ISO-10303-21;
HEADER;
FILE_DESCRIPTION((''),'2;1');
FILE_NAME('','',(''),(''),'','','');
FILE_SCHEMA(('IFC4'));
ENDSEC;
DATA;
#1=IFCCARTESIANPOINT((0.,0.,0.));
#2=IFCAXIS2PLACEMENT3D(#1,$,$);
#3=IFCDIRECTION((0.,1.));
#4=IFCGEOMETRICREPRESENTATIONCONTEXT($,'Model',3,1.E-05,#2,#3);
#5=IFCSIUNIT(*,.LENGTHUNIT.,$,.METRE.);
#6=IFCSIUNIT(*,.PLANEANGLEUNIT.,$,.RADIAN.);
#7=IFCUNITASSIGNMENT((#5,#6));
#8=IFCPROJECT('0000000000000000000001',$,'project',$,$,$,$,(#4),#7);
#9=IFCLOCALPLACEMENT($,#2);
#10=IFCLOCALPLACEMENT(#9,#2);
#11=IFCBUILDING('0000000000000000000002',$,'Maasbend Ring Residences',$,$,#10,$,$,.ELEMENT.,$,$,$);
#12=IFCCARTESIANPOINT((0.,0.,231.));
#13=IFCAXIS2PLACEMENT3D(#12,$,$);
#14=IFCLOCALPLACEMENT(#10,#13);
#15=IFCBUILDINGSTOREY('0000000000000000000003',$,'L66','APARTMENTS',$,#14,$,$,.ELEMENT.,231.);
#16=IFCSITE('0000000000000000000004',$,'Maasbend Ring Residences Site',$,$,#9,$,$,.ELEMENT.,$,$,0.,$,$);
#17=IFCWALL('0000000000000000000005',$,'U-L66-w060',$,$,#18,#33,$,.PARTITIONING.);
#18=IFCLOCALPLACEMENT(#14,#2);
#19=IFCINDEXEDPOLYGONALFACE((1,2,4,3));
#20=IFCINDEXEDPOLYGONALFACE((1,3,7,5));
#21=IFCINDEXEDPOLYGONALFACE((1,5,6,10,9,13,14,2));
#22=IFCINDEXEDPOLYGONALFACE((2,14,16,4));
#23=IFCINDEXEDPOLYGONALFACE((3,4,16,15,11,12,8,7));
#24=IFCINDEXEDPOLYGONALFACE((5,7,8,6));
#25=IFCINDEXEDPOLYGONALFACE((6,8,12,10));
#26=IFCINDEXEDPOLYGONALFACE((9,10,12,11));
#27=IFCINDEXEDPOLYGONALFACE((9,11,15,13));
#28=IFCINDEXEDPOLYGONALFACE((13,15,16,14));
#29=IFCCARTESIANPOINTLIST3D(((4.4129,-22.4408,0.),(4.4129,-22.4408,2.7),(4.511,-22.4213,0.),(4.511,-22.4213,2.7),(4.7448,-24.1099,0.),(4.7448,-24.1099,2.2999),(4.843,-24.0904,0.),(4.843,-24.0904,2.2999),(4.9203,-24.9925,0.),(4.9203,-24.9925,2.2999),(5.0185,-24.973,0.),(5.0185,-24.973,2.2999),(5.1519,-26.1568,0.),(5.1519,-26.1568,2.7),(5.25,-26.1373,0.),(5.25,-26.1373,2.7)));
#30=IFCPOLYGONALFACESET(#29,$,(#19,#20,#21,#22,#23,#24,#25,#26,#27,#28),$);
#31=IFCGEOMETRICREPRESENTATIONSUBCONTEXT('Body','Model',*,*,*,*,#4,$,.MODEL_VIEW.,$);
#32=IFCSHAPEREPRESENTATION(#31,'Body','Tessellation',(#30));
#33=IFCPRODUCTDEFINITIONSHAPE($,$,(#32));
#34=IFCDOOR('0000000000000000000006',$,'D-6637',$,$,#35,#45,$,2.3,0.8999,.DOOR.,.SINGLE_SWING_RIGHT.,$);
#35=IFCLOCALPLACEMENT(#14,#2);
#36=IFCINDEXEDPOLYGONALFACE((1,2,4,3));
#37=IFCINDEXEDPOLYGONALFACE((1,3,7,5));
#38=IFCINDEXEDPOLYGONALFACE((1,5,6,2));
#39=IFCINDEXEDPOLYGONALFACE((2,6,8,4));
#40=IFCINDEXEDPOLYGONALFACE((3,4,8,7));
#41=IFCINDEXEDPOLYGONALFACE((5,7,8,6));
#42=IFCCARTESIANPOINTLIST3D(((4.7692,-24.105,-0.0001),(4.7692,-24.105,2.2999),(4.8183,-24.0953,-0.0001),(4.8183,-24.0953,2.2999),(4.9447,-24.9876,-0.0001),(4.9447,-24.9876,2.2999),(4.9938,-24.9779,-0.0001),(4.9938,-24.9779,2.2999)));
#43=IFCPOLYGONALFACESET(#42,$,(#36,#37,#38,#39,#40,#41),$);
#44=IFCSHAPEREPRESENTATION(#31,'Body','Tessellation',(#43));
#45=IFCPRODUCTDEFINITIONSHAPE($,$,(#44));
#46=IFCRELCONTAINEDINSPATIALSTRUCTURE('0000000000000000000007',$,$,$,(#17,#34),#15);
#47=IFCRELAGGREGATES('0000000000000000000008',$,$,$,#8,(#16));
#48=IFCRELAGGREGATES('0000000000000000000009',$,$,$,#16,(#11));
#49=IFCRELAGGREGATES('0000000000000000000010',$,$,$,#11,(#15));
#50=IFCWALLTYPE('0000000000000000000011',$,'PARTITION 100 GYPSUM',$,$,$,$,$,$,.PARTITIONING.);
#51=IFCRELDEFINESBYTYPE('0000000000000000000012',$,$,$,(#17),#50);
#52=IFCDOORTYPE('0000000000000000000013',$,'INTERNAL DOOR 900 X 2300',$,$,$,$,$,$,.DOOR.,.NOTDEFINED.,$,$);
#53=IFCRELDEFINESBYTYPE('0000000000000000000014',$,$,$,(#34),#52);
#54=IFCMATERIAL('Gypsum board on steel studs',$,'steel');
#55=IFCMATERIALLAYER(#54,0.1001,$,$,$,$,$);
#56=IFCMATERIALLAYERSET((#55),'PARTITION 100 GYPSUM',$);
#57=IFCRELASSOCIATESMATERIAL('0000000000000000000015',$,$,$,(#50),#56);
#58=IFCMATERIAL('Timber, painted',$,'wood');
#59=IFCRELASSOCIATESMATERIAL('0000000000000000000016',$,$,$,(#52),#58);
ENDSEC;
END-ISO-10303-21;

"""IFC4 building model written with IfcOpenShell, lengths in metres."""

from ifc_helpers import new_model, si_unit, direction, frame, frame_2d, origin, place, context, subcontext, project, spatial, rectangle, extrude, material, layer, layer_set, type_object, element, fill, save


model = new_model("IFC4")

# Units and contexts
model_context = context("Model", 3, precision=1e-05, world=origin(), true_north=direction((0.0, 1.0)))
body_context = subcontext(model_context, "Body", "Model", "MODEL_VIEW")
ifc_project = project(units=[si_unit("LENGTHUNIT", "METRE"), si_unit("PLANEANGLEUNIT", "RADIAN")], contexts=[model_context])

# Site, building, storey
site_placement = place(None, origin())
site = spatial("IfcSite", under=ifc_project, at=site_placement, Name="Maasbend Ring Residences Site", CompositionType="ELEMENT", RefElevation=0.0)
building_placement = place(site_placement, origin())
building = spatial("IfcBuilding", under=site, at=building_placement, Name="Maasbend Ring Residences", CompositionType="ELEMENT")
storey_placement = place(building_placement, frame((0.0, 0.0, 231.0)))
storey = spatial("IfcBuildingStorey", under=building, at=storey_placement, Name="L66", Description="APARTMENTS", CompositionType="ELEMENT", Elevation=231.0)

# Shared definitions
ifc_material_1 = material(Name="Gypsum board on steel studs", Category="steel")
ifc_layer_1 = layer(ifc_material_1, 0.1001)
ifc_layer_set_1 = layer_set([ifc_layer_1], Name="PARTITION 100 GYPSUM")
wall_type_1 = type_object("IfcWallType", Name="PARTITION 100 GYPSUM", PredefinedType="PARTITIONING", material=ifc_layer_set_1)
ifc_material_2 = material(Name="Timber, painted", Category="wood")
door_type_1 = type_object("IfcDoorType", Name="INTERNAL DOOR 900 X 2300", OperationType="NOTDEFINED", PredefinedType="DOOR", material=ifc_material_2)

# Wall, opening, door
wall_1_placement = place(storey_placement, frame((4.4619, -22.4309, 0.0), z_axis=(0.0, 0.0, 1.0), x_axis=(0.19505, -0.980793, 0.0)))
wall_1 = element("IfcWall", 1, at=wall_1_placement, inside=storey, type_object=wall_type_1, Name="U-L66-w060", PredefinedType="PARTITIONING", context=body_context, shape_type="SweptSolid", body=[
    extrude(rectangle(XDim=3.7888, YDim=0.1001, at=frame_2d((1.8945, 0.0))), origin(), (0.0, 0.0, 1.0), 2.7),
])
opening_1_placement = place(wall_1_placement, frame((1.7019, 0.0, 0.0)))
opening_1 = element("IfcOpeningElement", 2, at=opening_1_placement, cuts=wall_1, PredefinedType="OPENING", context=body_context, shape_type="SweptSolid", body=[
    extrude(rectangle(XDim=0.8999, YDim=2.3, at=frame_2d((0.45, 1.1499))), frame((0.0, 0.0601, 0.0), z_axis=(0.0, -1.0, 0.0), x_axis=(1.0, 0.0, 0.0)), (0.0, 0.0, 1.0), 0.1201),
])
door_1_placement = place(opening_1_placement, origin())
door_1 = element("IfcDoor", 3, at=door_1_placement, inside=storey, type_object=door_type_1, Name="D-6637", OperationType="SINGLE_SWING_RIGHT", OverallHeight=2.3, OverallWidth=0.8999, PredefinedType="DOOR", context=body_context, shape_type="SweptSolid", body=[
    extrude(rectangle(XDim=0.8999, YDim=2.3, at=frame_2d((0.45, 1.1499))), frame((0.0, 0.0249, 0.0), z_axis=(0.0, -1.0, 0.0), x_axis=(1.0, 0.0, 0.0)), (0.0, 0.0, 1.0), 0.05),
])
fill(opening_1, door_1)

save(model, "model.ifc")
